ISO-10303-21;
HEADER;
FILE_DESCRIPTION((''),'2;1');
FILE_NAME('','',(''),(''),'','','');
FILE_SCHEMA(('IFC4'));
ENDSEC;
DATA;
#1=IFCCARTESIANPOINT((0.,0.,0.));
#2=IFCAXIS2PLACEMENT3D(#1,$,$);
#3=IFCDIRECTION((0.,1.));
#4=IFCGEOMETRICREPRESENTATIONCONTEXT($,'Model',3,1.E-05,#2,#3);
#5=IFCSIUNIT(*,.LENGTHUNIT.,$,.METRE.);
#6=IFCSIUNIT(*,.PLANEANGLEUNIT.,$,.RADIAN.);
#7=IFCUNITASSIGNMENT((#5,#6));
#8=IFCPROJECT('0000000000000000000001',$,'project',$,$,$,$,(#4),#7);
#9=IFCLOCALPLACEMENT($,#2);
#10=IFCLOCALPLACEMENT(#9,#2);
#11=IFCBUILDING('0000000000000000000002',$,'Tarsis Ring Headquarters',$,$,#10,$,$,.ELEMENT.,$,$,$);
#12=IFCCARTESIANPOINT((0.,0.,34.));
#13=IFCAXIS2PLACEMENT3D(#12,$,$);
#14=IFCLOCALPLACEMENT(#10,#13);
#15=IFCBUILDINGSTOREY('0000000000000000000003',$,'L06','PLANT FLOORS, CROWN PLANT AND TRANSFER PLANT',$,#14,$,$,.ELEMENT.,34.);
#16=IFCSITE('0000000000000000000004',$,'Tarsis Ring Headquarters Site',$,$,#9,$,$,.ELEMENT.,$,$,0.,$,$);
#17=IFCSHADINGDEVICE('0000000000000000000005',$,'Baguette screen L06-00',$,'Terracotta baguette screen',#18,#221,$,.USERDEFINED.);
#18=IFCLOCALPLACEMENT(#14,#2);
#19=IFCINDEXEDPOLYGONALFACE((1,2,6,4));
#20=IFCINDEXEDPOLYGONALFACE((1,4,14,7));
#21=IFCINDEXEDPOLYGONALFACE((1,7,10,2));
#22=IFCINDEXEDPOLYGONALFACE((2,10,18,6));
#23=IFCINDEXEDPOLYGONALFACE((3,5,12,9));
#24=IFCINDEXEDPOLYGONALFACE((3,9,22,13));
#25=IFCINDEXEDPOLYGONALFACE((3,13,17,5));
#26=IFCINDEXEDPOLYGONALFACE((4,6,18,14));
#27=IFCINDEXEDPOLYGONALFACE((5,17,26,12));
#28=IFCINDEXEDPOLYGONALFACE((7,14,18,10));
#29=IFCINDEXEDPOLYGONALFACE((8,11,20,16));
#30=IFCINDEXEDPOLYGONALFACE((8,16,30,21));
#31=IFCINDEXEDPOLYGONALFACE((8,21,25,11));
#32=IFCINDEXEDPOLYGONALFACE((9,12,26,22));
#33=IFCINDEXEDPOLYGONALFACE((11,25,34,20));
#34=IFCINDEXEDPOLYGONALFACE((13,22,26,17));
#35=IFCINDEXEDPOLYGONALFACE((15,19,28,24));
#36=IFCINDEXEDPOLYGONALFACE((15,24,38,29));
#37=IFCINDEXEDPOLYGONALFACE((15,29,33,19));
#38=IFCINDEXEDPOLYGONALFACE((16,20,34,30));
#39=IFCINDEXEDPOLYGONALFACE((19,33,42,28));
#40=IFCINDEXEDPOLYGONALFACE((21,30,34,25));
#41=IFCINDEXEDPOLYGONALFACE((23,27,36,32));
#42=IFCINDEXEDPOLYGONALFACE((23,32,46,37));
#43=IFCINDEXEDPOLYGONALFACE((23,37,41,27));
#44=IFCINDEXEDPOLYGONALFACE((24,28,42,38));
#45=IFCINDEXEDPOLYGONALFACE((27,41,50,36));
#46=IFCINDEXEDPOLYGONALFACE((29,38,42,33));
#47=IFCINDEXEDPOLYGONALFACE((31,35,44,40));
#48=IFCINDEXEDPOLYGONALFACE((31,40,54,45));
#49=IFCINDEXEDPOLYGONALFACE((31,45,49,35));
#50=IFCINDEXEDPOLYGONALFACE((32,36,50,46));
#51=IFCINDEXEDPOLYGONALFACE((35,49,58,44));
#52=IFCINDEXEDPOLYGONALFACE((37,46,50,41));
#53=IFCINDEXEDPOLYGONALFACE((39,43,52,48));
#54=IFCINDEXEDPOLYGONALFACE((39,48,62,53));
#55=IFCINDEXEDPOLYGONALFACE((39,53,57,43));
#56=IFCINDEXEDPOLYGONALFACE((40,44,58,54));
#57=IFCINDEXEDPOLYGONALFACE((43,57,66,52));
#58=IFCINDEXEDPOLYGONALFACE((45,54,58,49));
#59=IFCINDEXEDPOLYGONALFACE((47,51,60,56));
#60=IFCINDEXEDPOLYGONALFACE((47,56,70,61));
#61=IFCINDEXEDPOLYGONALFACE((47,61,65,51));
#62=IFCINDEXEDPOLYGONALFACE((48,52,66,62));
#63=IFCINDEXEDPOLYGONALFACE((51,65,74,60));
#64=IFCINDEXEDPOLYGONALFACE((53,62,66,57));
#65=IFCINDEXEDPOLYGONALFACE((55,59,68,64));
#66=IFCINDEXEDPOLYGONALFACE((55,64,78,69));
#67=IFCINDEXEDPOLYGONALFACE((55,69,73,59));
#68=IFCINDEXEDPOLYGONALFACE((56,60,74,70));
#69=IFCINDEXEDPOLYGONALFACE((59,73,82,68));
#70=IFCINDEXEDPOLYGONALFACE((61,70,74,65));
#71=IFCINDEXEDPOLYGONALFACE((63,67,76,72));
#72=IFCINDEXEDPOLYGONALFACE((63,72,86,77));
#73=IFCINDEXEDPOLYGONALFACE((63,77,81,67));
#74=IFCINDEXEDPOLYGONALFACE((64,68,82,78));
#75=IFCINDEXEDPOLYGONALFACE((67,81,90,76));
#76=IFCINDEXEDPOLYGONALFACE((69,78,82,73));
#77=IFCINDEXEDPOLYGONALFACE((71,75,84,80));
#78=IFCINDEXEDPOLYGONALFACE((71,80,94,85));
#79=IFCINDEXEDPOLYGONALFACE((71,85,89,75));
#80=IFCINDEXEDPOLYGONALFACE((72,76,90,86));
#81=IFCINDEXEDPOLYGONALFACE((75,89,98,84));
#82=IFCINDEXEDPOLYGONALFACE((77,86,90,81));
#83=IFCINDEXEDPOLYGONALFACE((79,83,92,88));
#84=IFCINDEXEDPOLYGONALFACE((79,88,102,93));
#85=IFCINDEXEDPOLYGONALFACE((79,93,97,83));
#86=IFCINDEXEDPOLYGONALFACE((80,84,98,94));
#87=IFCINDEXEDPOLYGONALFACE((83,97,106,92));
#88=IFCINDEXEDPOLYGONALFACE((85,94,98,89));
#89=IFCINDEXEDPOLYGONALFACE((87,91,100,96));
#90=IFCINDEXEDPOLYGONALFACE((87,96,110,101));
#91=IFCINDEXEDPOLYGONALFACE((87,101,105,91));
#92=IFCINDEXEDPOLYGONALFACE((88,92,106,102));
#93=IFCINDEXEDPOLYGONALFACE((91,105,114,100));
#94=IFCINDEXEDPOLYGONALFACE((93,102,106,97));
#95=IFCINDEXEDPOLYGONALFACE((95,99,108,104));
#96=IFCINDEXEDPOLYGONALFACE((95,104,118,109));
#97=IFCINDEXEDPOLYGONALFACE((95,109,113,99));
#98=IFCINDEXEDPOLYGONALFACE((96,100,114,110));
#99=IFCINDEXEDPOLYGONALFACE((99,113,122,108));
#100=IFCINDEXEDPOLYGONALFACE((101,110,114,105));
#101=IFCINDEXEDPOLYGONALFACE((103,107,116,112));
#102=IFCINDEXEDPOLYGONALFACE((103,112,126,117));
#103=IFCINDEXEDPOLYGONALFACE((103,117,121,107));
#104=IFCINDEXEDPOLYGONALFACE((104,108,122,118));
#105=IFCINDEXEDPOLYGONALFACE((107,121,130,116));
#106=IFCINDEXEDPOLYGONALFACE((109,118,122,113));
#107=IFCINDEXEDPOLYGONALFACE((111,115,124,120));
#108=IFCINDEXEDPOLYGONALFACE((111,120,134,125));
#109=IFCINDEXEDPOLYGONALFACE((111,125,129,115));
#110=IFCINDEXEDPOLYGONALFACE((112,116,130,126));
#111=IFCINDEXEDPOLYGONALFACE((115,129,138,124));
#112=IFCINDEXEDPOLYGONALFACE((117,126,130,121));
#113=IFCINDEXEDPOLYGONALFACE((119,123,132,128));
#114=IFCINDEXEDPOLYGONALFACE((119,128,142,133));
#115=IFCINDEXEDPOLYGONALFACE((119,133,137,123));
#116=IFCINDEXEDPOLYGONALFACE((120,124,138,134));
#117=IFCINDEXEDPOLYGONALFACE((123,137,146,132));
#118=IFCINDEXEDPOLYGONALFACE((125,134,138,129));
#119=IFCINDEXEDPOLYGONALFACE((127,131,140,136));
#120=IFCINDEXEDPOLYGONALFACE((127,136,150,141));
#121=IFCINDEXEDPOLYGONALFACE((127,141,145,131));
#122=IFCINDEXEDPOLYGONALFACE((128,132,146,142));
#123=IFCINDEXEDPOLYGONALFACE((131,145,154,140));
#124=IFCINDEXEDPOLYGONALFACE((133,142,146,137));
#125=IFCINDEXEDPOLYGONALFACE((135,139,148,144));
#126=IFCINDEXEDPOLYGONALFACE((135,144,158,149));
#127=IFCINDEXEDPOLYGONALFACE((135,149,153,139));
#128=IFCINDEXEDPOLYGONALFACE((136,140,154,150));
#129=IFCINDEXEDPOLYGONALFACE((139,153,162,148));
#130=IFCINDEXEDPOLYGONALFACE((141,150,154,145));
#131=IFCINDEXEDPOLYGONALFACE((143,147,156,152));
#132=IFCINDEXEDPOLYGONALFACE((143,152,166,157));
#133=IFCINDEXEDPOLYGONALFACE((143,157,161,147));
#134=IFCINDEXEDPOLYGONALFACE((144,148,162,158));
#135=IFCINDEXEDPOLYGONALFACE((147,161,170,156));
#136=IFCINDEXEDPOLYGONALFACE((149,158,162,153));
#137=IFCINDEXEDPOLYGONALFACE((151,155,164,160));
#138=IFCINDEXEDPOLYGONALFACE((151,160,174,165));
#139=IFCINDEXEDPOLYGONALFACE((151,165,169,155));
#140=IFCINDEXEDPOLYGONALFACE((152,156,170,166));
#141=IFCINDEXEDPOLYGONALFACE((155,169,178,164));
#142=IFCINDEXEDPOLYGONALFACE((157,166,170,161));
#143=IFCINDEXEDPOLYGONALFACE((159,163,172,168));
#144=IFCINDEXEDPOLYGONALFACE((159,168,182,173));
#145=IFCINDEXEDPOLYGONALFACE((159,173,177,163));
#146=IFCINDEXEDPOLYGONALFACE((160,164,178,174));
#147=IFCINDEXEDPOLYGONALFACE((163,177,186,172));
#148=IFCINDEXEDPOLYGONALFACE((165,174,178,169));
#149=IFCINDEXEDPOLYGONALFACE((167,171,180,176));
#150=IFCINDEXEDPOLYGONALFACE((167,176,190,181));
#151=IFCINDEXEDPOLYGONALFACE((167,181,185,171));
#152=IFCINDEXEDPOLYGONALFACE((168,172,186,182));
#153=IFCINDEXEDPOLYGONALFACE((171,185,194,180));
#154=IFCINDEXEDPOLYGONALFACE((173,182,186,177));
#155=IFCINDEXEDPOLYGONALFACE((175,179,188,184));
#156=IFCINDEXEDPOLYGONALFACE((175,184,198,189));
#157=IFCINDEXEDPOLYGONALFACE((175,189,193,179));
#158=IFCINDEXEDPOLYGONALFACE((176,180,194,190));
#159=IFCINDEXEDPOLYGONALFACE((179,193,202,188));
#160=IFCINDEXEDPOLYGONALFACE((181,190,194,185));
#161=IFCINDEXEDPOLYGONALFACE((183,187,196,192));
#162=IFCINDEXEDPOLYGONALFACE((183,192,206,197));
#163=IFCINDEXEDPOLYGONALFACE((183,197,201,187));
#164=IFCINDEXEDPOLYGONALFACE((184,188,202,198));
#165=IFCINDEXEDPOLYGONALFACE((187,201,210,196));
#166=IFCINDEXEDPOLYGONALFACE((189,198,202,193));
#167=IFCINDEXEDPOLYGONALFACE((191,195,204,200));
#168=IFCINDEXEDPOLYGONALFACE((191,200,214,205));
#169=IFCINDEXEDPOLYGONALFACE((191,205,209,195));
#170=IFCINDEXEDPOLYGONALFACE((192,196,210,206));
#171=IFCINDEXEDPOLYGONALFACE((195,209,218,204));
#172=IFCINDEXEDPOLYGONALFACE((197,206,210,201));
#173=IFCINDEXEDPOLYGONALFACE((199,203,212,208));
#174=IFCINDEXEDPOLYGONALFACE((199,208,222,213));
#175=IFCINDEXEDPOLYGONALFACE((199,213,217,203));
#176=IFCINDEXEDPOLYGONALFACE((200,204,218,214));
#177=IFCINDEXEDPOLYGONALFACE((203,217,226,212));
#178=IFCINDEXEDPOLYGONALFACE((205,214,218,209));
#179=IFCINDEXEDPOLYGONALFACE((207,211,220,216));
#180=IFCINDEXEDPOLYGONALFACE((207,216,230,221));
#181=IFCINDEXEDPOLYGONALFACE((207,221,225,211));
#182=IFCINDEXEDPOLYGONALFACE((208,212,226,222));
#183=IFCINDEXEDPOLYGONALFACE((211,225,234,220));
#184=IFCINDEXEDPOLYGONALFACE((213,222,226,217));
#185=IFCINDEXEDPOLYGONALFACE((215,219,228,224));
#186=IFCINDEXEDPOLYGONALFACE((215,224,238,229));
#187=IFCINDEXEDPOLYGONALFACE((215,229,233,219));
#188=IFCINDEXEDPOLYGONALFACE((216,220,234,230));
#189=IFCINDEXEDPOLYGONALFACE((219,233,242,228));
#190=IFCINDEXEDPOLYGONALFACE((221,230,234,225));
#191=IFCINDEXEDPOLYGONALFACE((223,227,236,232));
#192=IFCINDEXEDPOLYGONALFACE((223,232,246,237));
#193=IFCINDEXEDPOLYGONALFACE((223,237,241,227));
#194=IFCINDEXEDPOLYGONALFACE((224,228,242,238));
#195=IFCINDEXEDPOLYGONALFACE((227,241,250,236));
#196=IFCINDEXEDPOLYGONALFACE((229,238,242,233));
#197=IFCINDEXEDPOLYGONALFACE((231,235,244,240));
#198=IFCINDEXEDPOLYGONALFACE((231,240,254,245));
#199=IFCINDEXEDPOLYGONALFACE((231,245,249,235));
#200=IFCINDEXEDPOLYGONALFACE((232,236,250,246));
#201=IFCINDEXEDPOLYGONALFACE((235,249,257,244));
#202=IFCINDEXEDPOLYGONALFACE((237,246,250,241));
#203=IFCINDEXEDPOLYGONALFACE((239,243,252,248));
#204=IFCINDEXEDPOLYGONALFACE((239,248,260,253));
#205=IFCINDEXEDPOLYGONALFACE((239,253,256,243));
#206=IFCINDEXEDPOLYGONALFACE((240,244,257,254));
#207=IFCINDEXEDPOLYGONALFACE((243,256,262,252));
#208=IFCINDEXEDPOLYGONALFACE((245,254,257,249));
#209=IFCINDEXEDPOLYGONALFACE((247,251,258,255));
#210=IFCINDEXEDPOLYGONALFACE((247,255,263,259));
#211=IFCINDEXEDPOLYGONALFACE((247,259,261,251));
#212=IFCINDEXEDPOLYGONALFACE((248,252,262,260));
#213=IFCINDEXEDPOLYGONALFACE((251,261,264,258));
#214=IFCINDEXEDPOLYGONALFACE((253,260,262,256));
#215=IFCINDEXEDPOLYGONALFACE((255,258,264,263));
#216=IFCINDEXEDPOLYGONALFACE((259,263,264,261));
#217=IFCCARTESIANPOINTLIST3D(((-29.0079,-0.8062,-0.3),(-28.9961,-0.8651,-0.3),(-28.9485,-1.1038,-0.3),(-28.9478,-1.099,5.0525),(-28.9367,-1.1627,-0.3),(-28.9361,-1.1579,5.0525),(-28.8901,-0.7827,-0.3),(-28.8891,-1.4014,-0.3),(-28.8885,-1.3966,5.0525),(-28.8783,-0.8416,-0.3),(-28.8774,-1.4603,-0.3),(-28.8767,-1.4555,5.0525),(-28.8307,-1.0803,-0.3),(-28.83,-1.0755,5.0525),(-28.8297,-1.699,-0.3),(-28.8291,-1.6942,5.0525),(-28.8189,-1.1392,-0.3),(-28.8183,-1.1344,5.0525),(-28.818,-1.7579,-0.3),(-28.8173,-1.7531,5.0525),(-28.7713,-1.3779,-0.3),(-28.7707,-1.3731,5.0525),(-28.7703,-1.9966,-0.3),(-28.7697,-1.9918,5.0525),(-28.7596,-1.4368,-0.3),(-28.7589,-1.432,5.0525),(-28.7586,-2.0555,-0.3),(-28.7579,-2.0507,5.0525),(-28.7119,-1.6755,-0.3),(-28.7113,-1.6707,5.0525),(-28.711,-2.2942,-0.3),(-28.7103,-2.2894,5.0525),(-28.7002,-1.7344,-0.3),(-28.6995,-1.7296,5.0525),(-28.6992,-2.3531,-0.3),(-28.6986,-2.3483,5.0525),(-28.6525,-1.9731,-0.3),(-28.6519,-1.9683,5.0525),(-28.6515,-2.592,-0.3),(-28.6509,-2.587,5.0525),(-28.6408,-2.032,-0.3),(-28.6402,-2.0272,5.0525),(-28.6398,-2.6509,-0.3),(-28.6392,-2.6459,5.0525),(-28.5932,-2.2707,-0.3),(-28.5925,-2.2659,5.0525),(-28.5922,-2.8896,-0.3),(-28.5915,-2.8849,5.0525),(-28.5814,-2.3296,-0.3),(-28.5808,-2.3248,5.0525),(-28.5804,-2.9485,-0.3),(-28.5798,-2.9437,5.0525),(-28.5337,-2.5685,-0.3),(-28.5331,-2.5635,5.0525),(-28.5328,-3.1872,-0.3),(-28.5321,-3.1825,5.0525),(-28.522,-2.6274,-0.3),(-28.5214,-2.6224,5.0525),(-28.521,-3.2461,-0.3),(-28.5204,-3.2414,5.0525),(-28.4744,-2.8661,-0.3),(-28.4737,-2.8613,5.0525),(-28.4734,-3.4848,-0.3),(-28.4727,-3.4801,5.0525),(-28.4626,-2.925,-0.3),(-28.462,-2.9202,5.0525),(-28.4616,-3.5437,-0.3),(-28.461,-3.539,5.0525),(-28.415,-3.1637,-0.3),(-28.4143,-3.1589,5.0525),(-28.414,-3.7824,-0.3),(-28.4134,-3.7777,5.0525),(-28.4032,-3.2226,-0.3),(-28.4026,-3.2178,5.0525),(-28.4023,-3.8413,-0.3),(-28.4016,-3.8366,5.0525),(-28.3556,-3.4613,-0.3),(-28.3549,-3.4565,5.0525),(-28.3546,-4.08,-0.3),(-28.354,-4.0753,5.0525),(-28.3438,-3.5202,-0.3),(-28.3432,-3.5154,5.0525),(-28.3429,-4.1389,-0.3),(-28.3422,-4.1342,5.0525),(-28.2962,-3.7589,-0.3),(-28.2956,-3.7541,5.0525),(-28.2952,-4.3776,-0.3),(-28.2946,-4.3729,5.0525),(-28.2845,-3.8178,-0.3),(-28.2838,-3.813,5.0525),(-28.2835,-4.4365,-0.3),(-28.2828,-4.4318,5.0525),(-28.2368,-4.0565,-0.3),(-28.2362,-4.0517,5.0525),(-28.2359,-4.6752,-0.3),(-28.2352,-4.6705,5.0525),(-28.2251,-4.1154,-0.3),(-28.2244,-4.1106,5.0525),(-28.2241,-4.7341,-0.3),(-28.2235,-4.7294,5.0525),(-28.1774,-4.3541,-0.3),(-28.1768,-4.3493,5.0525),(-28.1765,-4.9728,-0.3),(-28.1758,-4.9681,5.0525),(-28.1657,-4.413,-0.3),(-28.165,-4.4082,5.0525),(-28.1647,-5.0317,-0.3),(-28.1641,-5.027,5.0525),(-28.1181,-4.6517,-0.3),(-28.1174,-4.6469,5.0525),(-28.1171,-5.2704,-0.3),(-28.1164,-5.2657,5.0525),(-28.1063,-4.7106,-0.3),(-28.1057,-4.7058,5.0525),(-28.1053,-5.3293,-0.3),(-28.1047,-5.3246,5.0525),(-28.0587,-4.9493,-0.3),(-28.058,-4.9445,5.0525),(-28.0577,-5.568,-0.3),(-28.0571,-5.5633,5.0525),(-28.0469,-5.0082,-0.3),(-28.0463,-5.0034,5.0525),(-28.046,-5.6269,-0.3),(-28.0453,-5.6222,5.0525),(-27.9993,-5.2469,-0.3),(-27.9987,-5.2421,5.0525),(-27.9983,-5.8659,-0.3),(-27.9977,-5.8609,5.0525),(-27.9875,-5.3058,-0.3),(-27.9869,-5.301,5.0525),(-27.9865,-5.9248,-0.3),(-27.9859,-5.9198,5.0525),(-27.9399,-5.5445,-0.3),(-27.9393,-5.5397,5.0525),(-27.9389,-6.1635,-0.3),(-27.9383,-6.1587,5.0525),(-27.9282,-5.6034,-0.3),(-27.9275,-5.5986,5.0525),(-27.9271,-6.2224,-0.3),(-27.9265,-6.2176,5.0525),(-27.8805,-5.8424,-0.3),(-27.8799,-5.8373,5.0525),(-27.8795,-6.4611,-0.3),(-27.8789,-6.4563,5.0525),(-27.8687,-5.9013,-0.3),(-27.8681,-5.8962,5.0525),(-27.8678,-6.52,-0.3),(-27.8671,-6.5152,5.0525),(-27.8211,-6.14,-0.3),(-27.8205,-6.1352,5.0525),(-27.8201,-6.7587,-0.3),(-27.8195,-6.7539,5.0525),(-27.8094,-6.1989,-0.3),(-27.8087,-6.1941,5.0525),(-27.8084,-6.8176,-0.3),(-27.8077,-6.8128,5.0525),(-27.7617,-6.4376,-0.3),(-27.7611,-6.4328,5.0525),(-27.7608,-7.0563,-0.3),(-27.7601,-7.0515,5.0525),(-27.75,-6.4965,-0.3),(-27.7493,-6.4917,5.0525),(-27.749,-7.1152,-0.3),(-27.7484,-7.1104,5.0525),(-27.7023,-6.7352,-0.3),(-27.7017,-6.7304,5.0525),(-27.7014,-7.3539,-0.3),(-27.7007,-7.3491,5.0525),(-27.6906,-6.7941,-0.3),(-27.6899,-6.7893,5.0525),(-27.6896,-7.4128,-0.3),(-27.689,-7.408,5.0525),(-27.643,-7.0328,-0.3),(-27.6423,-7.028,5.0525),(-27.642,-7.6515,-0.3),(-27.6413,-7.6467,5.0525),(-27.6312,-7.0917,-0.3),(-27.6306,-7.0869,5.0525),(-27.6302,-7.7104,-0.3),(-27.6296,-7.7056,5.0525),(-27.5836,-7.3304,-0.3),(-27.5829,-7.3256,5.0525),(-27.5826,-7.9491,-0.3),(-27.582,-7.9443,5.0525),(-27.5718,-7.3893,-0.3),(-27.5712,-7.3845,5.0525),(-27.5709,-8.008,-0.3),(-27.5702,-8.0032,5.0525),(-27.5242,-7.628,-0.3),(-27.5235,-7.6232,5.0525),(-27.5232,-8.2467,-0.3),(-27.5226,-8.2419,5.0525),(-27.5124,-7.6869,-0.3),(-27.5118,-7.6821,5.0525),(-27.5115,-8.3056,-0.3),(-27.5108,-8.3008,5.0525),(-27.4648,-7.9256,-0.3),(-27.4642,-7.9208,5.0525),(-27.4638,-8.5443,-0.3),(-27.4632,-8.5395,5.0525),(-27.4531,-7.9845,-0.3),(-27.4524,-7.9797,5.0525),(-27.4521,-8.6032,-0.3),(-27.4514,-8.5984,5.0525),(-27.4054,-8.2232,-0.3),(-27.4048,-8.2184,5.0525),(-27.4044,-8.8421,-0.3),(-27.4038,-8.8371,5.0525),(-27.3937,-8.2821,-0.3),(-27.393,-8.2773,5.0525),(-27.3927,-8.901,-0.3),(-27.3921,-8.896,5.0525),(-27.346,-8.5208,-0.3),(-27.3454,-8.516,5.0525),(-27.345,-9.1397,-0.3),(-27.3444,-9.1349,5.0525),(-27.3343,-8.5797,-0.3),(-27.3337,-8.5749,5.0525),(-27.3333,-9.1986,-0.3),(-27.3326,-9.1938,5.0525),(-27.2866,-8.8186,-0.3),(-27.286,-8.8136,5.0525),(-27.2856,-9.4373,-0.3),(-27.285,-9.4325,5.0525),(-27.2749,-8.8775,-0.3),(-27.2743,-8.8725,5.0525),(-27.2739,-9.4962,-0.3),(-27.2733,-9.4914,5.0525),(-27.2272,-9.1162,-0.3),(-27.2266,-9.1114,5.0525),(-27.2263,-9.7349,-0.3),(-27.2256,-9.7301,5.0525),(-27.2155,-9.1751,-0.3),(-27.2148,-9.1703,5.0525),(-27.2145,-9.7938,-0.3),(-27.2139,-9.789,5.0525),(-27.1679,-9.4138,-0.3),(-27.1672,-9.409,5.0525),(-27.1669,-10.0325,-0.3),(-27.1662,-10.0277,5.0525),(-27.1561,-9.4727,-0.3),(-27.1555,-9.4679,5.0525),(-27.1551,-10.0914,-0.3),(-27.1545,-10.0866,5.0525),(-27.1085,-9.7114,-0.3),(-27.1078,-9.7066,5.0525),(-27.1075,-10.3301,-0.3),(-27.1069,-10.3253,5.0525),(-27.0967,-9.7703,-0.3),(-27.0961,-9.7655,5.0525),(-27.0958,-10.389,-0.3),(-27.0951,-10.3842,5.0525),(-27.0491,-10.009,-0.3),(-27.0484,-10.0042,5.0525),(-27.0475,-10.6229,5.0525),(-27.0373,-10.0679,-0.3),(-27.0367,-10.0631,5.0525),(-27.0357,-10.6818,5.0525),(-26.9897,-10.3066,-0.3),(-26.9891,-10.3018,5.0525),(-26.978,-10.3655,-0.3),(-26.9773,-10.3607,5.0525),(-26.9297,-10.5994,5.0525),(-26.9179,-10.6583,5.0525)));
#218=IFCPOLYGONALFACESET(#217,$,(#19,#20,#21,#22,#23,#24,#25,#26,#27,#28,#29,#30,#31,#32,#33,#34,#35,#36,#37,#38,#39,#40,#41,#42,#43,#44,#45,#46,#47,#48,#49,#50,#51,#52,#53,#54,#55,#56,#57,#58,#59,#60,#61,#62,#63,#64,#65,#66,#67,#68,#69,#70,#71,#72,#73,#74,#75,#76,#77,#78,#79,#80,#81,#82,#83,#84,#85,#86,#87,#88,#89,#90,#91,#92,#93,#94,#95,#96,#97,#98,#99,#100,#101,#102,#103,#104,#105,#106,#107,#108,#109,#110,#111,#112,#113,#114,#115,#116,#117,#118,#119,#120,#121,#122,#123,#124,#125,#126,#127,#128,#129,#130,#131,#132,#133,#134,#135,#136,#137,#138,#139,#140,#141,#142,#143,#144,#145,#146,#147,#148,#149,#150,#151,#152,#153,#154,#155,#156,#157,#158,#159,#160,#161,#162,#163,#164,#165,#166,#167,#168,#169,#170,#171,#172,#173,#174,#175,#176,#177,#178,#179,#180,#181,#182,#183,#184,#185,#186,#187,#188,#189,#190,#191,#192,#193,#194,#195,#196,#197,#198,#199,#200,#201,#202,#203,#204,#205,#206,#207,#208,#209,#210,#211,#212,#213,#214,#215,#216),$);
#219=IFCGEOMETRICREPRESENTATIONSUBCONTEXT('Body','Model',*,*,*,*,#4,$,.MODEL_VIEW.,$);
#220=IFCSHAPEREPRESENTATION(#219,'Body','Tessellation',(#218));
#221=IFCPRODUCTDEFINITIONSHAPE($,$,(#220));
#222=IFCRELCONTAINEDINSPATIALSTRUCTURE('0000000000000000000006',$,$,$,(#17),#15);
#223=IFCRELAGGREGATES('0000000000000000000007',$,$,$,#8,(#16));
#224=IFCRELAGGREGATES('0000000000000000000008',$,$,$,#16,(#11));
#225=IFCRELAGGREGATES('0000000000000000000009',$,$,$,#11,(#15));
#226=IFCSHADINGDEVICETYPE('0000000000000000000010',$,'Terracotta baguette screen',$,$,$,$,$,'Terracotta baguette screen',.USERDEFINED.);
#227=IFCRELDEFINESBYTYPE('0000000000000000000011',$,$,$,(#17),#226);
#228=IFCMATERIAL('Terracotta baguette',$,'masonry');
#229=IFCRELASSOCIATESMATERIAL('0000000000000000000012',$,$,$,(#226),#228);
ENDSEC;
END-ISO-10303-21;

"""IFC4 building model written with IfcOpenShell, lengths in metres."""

from ifc_helpers import new_model, si_unit, direction, frame, frame_2d, origin, place, context, subcontext, project, spatial, rectangle, composite_profile, extrude, material, type_object, element, save


model = new_model("IFC4")

# Units and contexts
model_context = context("Model", 3, precision=1e-05, world=origin(), true_north=direction((0.0, 1.0)))
body_context = subcontext(model_context, "Body", "Model", "MODEL_VIEW")
ifc_project = project(units=[si_unit("LENGTHUNIT", "METRE"), si_unit("PLANEANGLEUNIT", "RADIAN")], contexts=[model_context])

# Site, building, storey
site_placement = place(None, origin())
site = spatial("IfcSite", under=ifc_project, at=site_placement, Name="Tarsis Ring Headquarters Site", CompositionType="ELEMENT", RefElevation=0.0)
building_placement = place(site_placement, origin())
building = spatial("IfcBuilding", under=site, at=building_placement, Name="Tarsis Ring Headquarters", CompositionType="ELEMENT")
storey_placement = place(building_placement, frame((0.0, 0.0, 34.0)))
storey = spatial("IfcBuildingStorey", under=building, at=storey_placement, Name="L06", Description="PLANT FLOORS, CROWN PLANT AND TRANSFER PLANT", CompositionType="ELEMENT", Elevation=34.0)

# Shading device
ifc_material_1 = material(Name="Terracotta baguette", Category="masonry")
shading_device_type = type_object("IfcShadingDeviceType", Name="Terracotta baguette screen", ElementType="Terracotta baguette screen", PredefinedType="USERDEFINED", material=ifc_material_1)
shading_device_1_placement = place(storey_placement, frame((-28.949, -0.7944, -0.3), z_axis=(0.0, 0.0, 1.0), x_axis=(0.195678, -0.980662, 0.0)))
element("IfcShadingDevice", 1, at=shading_device_1_placement, inside=storey, type_object=shading_device_type, Name="Baguette screen L06-00", ObjectType="Terracotta baguette screen", PredefinedType="USERDEFINED", context=body_context, shape_type="SweptSolid", body=[
    extrude(composite_profile([rectangle(XDim=0.0601, YDim=0.1201, at=frame_2d((0.03, 0.0))), rectangle(XDim=0.0601, YDim=0.1201, at=frame_2d((0.3335, 0.0))), rectangle(XDim=0.0601, YDim=0.1201, at=frame_2d((0.637, 0.0))), rectangle(XDim=0.0601, YDim=0.1201, at=frame_2d((0.9404, 0.0))), rectangle(XDim=0.0601, YDim=0.1201, at=frame_2d((1.2439, 0.0))), rectangle(XDim=0.0601, YDim=0.1201, at=frame_2d((1.5474, 0.0))), rectangle(XDim=0.0601, YDim=0.1201, at=frame_2d((1.8511, 0.0))), rectangle(XDim=0.0601, YDim=0.1201, at=frame_2d((2.1545, 0.0))), rectangle(XDim=0.0601, YDim=0.1201, at=frame_2d((2.458, 0.0))), rectangle(XDim=0.0601, YDim=0.1201, at=frame_2d((2.7615, 0.0))), rectangle(XDim=0.0601, YDim=0.1201, at=frame_2d((3.0649, 0.0))), rectangle(XDim=0.0601, YDim=0.1201, at=frame_2d((3.3684, 0.0))), rectangle(XDim=0.0601, YDim=0.1201, at=frame_2d((3.6719, 0.0))), rectangle(XDim=0.0601, YDim=0.1201, at=frame_2d((3.9753, 0.0))), rectangle(XDim=0.0601, YDim=0.1201, at=frame_2d((4.2788, 0.0))), rectangle(XDim=0.0601, YDim=0.1201, at=frame_2d((4.5823, 0.0))), rectangle(XDim=0.0601, YDim=0.1201, at=frame_2d((4.8857, 0.0))), rectangle(XDim=0.0601, YDim=0.1201, at=frame_2d((5.1895, 0.0))), rectangle(XDim=0.0601, YDim=0.1201, at=frame_2d((5.4929, 0.0))), rectangle(XDim=0.0601, YDim=0.1201, at=frame_2d((5.7964, 0.0))), rectangle(XDim=0.0601, YDim=0.1201, at=frame_2d((6.0999, 0.0))), rectangle(XDim=0.0601, YDim=0.1201, at=frame_2d((6.4033, 0.0))), rectangle(XDim=0.0601, YDim=0.1201, at=frame_2d((6.7068, 0.0))), rectangle(XDim=0.0601, YDim=0.1201, at=frame_2d((7.0103, 0.0))), rectangle(XDim=0.0601, YDim=0.1201, at=frame_2d((7.3137, 0.0))), rectangle(XDim=0.0601, YDim=0.1201, at=frame_2d((7.6172, 0.0))), rectangle(XDim=0.0601, YDim=0.1201, at=frame_2d((7.9207, 0.0))), rectangle(XDim=0.0601, YDim=0.1201, at=frame_2d((8.2244, 0.0))), rectangle(XDim=0.0601, YDim=0.1201, at=frame_2d((8.5278, 0.0))), rectangle(XDim=0.0601, YDim=0.1201, at=frame_2d((8.8313, 0.0))), rectangle(XDim=0.0601, YDim=0.1201, at=frame_2d((9.1348, 0.0))), rectangle(XDim=0.0601, YDim=0.1201, at=frame_2d((9.4382, 0.0))), rectangle(XDim=0.0601, YDim=0.1201, at=frame_2d((9.7417, 0.0)))]), origin(), (0.055758, 0.000292, 0.998444), 5.3608),
])

save(model, "model.ifc")
